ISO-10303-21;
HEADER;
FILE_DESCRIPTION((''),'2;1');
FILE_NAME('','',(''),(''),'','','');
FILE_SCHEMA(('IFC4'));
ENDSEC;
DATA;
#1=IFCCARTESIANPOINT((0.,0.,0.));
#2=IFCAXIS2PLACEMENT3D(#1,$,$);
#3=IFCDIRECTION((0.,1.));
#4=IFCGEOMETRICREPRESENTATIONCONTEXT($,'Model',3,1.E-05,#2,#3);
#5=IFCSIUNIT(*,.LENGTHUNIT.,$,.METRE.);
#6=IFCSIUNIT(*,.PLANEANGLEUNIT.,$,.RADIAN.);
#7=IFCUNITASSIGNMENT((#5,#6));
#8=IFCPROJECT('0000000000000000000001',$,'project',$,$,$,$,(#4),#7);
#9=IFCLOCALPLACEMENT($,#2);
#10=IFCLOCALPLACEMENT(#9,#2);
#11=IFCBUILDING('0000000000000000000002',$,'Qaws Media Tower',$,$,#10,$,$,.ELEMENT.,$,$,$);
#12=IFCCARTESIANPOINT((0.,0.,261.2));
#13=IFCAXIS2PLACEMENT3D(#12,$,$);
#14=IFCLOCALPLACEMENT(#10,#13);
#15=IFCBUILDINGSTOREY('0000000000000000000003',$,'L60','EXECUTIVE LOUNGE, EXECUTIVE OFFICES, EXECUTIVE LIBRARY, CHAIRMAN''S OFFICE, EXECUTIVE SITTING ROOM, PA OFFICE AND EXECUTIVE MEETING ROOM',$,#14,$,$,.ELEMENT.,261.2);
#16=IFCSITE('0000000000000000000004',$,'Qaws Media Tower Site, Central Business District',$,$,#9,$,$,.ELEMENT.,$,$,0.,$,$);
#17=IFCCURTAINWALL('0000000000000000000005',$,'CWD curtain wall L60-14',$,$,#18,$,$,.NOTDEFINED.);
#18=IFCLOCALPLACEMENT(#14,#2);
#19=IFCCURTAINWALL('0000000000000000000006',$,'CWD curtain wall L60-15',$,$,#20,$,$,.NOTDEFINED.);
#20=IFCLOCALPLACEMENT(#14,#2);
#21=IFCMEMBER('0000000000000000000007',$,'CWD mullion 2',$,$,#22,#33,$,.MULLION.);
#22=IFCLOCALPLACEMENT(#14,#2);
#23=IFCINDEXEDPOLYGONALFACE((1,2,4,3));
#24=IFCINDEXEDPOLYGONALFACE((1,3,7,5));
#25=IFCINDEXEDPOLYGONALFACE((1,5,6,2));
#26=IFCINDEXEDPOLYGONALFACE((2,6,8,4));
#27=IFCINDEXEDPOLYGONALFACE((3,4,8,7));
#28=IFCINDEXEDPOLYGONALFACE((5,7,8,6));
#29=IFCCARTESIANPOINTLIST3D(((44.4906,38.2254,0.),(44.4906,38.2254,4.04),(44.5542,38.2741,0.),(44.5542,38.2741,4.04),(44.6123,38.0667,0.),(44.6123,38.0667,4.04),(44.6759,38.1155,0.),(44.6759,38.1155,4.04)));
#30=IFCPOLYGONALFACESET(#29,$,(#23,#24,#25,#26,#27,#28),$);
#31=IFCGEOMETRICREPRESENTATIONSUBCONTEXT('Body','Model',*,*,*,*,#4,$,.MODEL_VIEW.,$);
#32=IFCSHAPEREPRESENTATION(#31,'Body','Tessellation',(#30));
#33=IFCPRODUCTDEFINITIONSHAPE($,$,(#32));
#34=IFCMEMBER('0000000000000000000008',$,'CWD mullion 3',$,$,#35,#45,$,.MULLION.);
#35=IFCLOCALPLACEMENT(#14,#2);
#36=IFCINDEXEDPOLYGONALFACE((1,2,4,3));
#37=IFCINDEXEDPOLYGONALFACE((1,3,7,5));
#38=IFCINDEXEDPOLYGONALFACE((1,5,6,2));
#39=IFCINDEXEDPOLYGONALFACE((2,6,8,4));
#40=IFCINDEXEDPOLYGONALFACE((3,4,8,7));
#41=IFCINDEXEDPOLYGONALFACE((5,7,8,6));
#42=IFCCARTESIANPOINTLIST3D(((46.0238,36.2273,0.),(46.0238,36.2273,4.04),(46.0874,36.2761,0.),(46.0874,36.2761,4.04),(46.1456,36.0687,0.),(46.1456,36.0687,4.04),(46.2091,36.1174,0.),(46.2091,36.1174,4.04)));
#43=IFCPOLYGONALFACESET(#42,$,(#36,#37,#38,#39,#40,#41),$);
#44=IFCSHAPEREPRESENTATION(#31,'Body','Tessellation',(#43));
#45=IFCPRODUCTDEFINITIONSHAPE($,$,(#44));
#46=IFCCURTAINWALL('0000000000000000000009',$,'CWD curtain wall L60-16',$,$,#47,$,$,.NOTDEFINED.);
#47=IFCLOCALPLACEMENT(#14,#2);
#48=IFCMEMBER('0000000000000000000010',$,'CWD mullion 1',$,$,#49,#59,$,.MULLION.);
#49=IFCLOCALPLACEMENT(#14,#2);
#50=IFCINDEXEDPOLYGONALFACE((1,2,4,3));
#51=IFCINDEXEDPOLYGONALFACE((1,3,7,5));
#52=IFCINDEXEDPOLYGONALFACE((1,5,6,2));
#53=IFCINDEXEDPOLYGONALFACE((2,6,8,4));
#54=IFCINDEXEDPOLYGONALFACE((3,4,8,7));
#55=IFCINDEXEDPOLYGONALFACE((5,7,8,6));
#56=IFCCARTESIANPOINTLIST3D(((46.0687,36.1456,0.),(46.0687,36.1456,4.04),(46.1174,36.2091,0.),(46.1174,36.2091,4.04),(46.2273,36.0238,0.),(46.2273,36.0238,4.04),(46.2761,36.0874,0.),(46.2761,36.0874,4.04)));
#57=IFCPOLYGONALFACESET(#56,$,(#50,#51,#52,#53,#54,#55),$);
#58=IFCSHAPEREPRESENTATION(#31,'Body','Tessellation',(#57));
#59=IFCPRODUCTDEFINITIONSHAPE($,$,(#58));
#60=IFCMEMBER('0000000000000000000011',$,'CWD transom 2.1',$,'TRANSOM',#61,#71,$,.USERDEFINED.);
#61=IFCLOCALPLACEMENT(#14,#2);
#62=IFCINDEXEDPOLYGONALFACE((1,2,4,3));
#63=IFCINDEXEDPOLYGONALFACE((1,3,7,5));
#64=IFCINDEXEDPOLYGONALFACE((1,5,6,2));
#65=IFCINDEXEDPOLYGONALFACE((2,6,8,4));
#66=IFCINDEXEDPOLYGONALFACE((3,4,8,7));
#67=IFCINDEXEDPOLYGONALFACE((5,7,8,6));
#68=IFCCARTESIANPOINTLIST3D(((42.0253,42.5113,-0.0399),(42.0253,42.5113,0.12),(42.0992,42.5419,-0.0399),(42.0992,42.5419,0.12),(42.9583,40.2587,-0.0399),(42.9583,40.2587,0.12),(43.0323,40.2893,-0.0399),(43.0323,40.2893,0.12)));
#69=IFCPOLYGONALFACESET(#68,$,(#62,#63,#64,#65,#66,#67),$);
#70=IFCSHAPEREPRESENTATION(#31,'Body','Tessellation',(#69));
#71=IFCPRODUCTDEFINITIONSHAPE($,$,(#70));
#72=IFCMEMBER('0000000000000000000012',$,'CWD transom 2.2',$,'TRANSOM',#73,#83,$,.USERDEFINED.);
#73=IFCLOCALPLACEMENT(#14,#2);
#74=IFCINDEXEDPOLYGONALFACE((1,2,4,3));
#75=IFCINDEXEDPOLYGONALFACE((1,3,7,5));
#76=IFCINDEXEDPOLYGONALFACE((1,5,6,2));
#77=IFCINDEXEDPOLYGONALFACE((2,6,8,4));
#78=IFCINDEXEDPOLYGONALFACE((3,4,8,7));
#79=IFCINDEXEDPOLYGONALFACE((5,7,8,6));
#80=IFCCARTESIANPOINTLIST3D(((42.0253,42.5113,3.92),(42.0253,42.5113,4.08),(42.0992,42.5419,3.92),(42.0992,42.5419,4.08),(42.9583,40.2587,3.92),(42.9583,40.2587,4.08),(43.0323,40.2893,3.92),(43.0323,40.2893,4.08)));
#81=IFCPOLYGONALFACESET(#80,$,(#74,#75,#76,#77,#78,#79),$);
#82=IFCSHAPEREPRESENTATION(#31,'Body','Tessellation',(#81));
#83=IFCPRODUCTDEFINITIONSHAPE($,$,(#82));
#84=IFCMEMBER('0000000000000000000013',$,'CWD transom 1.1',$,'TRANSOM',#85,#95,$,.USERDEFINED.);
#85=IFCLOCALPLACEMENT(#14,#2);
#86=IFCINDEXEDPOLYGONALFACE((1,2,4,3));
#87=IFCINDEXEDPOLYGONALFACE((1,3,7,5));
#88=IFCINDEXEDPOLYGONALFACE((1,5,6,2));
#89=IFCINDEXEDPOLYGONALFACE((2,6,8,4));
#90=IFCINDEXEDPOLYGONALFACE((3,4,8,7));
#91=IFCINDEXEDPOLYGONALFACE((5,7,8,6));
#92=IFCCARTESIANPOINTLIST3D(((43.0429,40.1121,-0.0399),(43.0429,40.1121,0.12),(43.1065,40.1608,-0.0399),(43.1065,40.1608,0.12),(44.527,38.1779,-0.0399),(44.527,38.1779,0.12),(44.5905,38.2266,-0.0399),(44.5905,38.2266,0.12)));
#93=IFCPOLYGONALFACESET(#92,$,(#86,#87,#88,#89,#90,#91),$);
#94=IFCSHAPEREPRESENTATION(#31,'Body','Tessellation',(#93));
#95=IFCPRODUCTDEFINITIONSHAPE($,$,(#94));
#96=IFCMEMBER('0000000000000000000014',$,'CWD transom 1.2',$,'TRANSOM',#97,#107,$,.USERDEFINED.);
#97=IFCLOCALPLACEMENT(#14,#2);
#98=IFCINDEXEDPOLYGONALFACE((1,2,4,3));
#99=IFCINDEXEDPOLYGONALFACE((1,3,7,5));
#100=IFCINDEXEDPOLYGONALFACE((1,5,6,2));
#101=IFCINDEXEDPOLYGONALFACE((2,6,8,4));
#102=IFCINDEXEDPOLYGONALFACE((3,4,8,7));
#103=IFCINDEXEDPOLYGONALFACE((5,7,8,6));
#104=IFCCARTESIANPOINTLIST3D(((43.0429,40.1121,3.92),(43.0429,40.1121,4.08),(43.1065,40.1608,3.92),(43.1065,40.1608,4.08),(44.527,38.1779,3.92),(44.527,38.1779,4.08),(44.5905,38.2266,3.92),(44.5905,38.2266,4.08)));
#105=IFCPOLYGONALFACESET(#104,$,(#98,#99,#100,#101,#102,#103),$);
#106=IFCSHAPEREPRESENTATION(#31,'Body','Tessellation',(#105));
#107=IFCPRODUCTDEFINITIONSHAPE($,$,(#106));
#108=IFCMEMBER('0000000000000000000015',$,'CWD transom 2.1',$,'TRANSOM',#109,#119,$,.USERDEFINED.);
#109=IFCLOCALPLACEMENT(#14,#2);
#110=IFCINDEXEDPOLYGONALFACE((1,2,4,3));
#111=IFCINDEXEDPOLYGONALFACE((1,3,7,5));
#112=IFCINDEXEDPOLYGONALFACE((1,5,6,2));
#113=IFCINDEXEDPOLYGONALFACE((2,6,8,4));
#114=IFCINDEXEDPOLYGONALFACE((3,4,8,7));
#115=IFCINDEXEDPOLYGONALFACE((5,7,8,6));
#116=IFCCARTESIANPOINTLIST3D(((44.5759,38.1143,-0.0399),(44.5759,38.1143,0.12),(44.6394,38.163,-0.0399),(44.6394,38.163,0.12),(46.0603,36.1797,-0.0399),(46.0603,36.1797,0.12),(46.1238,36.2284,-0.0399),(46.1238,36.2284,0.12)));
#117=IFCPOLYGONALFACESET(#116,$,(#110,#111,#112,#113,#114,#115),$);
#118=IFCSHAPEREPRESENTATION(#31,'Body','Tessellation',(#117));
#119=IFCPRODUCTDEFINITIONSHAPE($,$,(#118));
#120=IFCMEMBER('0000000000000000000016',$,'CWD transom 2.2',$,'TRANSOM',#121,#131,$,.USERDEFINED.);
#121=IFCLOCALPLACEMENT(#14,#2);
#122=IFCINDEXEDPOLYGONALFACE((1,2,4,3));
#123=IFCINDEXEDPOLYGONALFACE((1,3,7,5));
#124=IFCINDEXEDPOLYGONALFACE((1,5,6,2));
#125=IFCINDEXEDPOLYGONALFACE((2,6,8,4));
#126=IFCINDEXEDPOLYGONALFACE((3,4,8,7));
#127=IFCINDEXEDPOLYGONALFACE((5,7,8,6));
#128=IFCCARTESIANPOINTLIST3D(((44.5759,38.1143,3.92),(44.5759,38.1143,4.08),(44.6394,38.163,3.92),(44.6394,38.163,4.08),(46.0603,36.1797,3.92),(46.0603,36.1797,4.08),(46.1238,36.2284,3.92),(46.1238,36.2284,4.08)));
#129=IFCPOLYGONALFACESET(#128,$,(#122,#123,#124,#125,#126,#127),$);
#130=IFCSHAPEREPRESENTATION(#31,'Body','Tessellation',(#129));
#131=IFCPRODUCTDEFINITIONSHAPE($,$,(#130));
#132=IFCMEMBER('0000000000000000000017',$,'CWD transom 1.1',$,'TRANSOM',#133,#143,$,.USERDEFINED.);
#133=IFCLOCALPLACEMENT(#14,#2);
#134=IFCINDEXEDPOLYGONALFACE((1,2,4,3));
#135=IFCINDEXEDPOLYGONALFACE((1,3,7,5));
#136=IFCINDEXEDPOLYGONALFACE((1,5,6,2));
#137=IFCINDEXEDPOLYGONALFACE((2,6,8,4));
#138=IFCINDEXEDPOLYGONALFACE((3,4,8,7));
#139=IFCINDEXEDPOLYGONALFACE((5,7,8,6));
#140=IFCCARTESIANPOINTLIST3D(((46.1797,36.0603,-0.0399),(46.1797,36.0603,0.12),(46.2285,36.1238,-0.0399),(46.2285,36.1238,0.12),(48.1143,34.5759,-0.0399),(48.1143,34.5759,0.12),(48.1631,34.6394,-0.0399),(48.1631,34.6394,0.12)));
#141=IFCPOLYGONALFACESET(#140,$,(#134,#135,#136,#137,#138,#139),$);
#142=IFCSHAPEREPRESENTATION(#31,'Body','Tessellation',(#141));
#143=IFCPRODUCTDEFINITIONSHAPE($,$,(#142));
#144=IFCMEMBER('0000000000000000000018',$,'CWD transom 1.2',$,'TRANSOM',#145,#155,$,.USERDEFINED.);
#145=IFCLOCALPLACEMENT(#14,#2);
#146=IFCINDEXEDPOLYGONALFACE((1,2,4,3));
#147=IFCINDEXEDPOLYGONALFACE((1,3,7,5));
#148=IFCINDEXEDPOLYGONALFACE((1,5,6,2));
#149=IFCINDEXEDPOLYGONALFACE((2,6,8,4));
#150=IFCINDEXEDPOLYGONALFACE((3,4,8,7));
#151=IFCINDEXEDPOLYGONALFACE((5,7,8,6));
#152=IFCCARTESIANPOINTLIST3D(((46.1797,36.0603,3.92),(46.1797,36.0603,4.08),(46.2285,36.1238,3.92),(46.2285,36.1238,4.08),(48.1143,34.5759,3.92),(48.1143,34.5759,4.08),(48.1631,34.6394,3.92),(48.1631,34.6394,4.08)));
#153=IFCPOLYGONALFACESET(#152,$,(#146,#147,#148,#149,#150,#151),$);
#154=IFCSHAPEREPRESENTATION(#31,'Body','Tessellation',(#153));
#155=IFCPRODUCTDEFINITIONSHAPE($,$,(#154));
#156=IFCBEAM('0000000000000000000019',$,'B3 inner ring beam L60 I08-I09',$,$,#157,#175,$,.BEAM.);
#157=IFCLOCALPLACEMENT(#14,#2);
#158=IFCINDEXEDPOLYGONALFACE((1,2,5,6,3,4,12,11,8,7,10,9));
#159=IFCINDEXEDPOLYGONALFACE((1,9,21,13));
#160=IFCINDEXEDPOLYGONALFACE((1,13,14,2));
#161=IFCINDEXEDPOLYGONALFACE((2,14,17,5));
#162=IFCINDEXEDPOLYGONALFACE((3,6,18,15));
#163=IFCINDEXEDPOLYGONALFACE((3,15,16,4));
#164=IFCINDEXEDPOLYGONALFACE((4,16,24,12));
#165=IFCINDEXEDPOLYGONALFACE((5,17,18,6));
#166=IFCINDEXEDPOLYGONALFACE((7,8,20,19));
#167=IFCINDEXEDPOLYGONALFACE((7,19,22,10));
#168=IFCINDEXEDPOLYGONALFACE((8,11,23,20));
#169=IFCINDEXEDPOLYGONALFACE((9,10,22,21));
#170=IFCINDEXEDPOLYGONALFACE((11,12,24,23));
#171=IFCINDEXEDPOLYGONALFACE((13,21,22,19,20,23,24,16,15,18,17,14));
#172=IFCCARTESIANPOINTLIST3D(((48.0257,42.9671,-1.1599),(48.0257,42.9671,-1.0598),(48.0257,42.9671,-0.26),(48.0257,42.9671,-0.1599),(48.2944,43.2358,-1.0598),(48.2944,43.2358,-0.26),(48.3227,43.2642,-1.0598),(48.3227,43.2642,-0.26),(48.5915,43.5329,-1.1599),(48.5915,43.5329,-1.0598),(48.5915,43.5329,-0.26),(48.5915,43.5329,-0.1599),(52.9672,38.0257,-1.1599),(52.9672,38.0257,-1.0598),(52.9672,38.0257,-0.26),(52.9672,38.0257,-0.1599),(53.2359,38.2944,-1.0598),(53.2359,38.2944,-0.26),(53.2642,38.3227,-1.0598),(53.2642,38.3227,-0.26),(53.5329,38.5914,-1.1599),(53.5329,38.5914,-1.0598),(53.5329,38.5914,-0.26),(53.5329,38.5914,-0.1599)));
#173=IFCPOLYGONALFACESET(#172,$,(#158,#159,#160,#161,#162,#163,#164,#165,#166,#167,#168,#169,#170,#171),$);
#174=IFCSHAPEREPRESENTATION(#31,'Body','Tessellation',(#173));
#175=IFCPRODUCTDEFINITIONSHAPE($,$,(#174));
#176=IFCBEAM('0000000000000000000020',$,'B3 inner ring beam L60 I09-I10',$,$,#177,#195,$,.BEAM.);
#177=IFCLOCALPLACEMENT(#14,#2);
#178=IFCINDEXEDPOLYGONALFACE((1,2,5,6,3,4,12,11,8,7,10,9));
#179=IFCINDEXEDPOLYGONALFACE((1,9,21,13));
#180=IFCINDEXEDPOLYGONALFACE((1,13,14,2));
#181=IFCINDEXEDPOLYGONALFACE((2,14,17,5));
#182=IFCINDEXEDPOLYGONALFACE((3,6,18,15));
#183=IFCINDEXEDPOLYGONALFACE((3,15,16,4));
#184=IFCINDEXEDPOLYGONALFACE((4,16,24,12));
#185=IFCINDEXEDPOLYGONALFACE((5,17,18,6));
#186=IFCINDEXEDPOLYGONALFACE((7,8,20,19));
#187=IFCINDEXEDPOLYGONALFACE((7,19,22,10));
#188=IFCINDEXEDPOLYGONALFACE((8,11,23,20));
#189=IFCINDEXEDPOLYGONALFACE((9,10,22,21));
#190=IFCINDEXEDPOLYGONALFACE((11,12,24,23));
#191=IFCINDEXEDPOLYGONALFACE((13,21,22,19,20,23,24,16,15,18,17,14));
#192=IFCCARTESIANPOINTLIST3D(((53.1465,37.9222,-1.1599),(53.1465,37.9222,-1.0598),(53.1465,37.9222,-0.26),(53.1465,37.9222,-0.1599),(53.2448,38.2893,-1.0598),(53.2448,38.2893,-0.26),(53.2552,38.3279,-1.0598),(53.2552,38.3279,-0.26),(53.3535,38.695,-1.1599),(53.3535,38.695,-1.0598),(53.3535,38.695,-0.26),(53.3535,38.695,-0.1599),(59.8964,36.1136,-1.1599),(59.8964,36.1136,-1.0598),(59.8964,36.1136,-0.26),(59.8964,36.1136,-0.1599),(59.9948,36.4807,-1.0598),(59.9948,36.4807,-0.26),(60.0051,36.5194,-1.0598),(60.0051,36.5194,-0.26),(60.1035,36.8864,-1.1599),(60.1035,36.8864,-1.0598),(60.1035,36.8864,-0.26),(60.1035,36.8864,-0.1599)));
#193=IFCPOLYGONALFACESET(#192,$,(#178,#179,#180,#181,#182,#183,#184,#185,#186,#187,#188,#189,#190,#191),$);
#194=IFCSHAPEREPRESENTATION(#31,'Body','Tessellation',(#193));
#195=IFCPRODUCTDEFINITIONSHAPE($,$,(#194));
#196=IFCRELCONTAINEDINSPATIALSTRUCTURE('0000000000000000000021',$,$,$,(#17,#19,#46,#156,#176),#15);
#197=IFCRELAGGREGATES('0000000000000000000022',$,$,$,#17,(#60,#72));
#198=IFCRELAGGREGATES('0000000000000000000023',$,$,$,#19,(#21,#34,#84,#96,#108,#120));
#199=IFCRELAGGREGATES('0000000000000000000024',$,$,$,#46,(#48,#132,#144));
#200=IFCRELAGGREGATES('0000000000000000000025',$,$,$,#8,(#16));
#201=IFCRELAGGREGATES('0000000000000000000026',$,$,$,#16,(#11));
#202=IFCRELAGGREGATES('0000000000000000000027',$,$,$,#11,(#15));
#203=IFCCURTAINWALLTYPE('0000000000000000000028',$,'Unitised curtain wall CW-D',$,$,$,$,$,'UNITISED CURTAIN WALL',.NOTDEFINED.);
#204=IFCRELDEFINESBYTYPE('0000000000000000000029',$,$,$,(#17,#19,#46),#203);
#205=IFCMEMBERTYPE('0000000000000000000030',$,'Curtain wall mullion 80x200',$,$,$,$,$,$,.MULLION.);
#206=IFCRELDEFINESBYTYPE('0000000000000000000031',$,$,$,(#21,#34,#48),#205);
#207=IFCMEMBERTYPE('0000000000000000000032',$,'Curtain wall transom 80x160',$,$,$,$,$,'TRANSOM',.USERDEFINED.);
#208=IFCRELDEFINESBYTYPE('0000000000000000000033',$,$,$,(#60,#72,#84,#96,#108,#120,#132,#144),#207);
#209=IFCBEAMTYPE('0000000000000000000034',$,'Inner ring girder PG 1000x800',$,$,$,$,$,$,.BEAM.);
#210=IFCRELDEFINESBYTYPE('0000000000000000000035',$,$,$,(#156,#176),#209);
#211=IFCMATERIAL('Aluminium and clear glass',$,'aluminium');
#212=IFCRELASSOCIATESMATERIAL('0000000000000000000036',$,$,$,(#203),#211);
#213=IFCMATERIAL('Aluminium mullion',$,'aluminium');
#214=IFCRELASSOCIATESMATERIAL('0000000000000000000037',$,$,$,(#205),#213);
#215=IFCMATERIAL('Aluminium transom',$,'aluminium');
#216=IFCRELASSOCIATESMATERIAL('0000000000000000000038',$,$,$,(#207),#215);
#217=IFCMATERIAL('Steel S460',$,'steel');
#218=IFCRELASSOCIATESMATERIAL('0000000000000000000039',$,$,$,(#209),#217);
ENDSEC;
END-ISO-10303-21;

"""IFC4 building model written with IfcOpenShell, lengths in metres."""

from ifc_helpers import new_model, si_unit, direction, frame, origin, origin_2d, place, context, subcontext, project, spatial, rectangle, i_section, extrude, material, material_profile, profile_set, type_object, element, aggregate, save


model = new_model("IFC4")

# Units and contexts
model_context = context("Model", 3, precision=1e-05, world=origin(), true_north=direction((0.0, 1.0)))
body_context = subcontext(model_context, "Body", "Model", "MODEL_VIEW")
ifc_project = project(units=[si_unit("LENGTHUNIT", "METRE"), si_unit("PLANEANGLEUNIT", "RADIAN")], contexts=[model_context])

# Site, building, storey
site_placement = place(None, origin())
site = spatial("IfcSite", under=ifc_project, at=site_placement, Name="Qaws Media Tower Site, Central Business District", CompositionType="ELEMENT", RefElevation=0.0)
building_placement = place(site_placement, origin())
building = spatial("IfcBuilding", under=site, at=building_placement, Name="Qaws Media Tower", CompositionType="ELEMENT")
storey_placement = place(building_placement, frame((0.0, 0.0, 261.2)))
storey = spatial("IfcBuildingStorey", under=building, at=storey_placement, Name="L60", Description="EXECUTIVE LOUNGE, EXECUTIVE OFFICES, EXECUTIVE LIBRARY, CHAIRMAN'S OFFICE, EXECUTIVE SITTING ROOM, PA OFFICE AND EXECUTIVE MEETING ROOM", CompositionType="ELEMENT", Elevation=261.2)

# Curtain walls, members
ifc_material_1 = material(Name="Aluminium and clear glass", Category="aluminium")
curtain_wall_type = type_object("IfcCurtainWallType", Name="Unitised curtain wall CW-D", ElementType="UNITISED CURTAIN WALL", PredefinedType="NOTDEFINED", material=ifc_material_1)
curtain_wall_1_placement = place(storey_placement, origin())
curtain_wall_1 = element("IfcCurtainWall", 1, at=curtain_wall_1_placement, inside=storey, type_object=curtain_wall_type, Name="CWD curtain wall L60-14", PredefinedType="NOTDEFINED")
ifc_material_2 = material(Name="Aluminium mullion", Category="aluminium")
ifc_material_profile_1 = material_profile(ifc_material_2, rectangle(XDim=0.0801, YDim=0.2, at=origin_2d()), Name="80x200")
ifc_profile_set_1 = profile_set([ifc_material_profile_1], Name="Aluminium mullion")
member_type_1 = type_object("IfcMemberType", Name="Curtain wall mullion 80x200", PredefinedType="MULLION", material=ifc_profile_set_1)
curtain_wall_2_placement = place(storey_placement, origin())
curtain_wall_2 = element("IfcCurtainWall", 2, at=curtain_wall_2_placement, inside=storey, type_object=curtain_wall_type, Name="CWD curtain wall L60-15", PredefinedType="NOTDEFINED")
member_1_placement = place(storey_placement, frame((44.5833, 38.1704, 0.0), z_axis=(0.0, 0.0, 1.0), x_axis=(0.793353, 0.608761, 0.0)))
member_1 = element("IfcMember", 3, at=member_1_placement, type_object=member_type_1, Name="CWD mullion 2", PredefinedType="MULLION", context=body_context, shape_type="SweptSolid", body=[
    extrude(rectangle(XDim=0.0801, YDim=0.2, at=origin_2d()), origin(), (0.0, 0.0, 1.0), 4.04),
])
member_2_placement = place(storey_placement, frame((46.1165, 36.1724, 0.0), z_axis=(0.0, 0.0, 1.0), x_axis=(0.793353, 0.608761, 0.0)))
member_2 = element("IfcMember", 4, at=member_2_placement, type_object=member_type_1, Name="CWD mullion 3", PredefinedType="MULLION", context=body_context, shape_type="SweptSolid", body=[
    extrude(rectangle(XDim=0.0801, YDim=0.2, at=origin_2d()), origin(), (0.0, 0.0, 1.0), 4.04),
])

# Curtain wall, member
curtain_wall_3_placement = place(storey_placement, origin())
curtain_wall_3 = element("IfcCurtainWall", 5, at=curtain_wall_3_placement, inside=storey, type_object=curtain_wall_type, Name="CWD curtain wall L60-16", PredefinedType="NOTDEFINED")
member_3_placement = place(storey_placement, frame((46.1724, 36.1165, 0.0), z_axis=(0.0, 0.0, 1.0), x_axis=(0.608761, 0.793353, 0.0)))
member_3 = element("IfcMember", 6, at=member_3_placement, type_object=member_type_1, Name="CWD mullion 1", PredefinedType="MULLION", context=body_context, shape_type="SweptSolid", body=[
    extrude(rectangle(XDim=0.0801, YDim=0.2, at=origin_2d()), origin(), (0.0, 0.0, 1.0), 4.04),
])

# Members
ifc_material_3 = material(Name="Aluminium transom", Category="aluminium")
ifc_material_profile_2 = material_profile(ifc_material_3, rectangle(XDim=0.0801, YDim=0.1599, at=origin_2d()), Name="80x160")
ifc_profile_set_2 = profile_set([ifc_material_profile_2], Name="Aluminium transom")
member_type_2 = type_object("IfcMemberType", Name="Curtain wall transom 80x160", ElementType="TRANSOM", PredefinedType="USERDEFINED", material=ifc_profile_set_2)
member_4_placement = place(storey_placement, frame((42.0623, 42.5266, 0.04), z_axis=(0.382688, -0.923878, 0.0), x_axis=(0.923878, 0.382688, 0.0)))
member_4 = element("IfcMember", 7, at=member_4_placement, type_object=member_type_2, Name="CWD transom 2.1", ObjectType="TRANSOM", PredefinedType="USERDEFINED", context=body_context, shape_type="SweptSolid", body=[
    extrude(rectangle(XDim=0.0801, YDim=0.1599, at=origin_2d()), origin(), (0.0, 0.0, 1.0), 2.4382),
])
member_5_placement = place(storey_placement, frame((42.0623, 42.5266, 4.0), z_axis=(0.382688, -0.923878, 0.0), x_axis=(0.923878, 0.382688, 0.0)))
member_5 = element("IfcMember", 8, at=member_5_placement, type_object=member_type_2, Name="CWD transom 2.2", ObjectType="TRANSOM", PredefinedType="USERDEFINED", context=body_context, shape_type="SweptSolid", body=[
    extrude(rectangle(XDim=0.0801, YDim=0.1599, at=origin_2d()), origin(), (0.0, 0.0, 1.0), 2.4382),
])
member_6_placement = place(storey_placement, frame((43.0747, 40.1365, 0.04), z_axis=(0.608728, -0.793379, 0.0), x_axis=(0.793379, 0.608728, 0.0)))
member_6 = element("IfcMember", 9, at=member_6_placement, type_object=member_type_2, Name="CWD transom 1.1", ObjectType="TRANSOM", PredefinedType="USERDEFINED", context=body_context, shape_type="SweptSolid", body=[
    extrude(rectangle(XDim=0.0801, YDim=0.1599, at=origin_2d()), origin(), (0.0, 0.0, 1.0), 2.438),
])
member_7_placement = place(storey_placement, frame((43.0747, 40.1365, 4.0), z_axis=(0.608728, -0.793379, 0.0), x_axis=(0.793379, 0.608728, 0.0)))
member_7 = element("IfcMember", 10, at=member_7_placement, type_object=member_type_2, Name="CWD transom 1.2", ObjectType="TRANSOM", PredefinedType="USERDEFINED", context=body_context, shape_type="SweptSolid", body=[
    extrude(rectangle(XDim=0.0801, YDim=0.1599, at=origin_2d()), origin(), (0.0, 0.0, 1.0), 2.438),
])
member_8_placement = place(storey_placement, frame((44.6077, 38.1387, 0.04), z_axis=(0.608743, -0.793368, 0.0), x_axis=(0.793368, 0.608743, 0.0)))
member_8 = element("IfcMember", 11, at=member_8_placement, type_object=member_type_2, Name="CWD transom 2.1", ObjectType="TRANSOM", PredefinedType="USERDEFINED", context=body_context, shape_type="SweptSolid", body=[
    extrude(rectangle(XDim=0.0801, YDim=0.1599, at=origin_2d()), origin(), (0.0, 0.0, 1.0), 2.4385),
])
member_9_placement = place(storey_placement, frame((44.6077, 38.1387, 4.0), z_axis=(0.608743, -0.793368, 0.0), x_axis=(0.793368, 0.608743, 0.0)))
member_9 = element("IfcMember", 12, at=member_9_placement, type_object=member_type_2, Name="CWD transom 2.2", ObjectType="TRANSOM", PredefinedType="USERDEFINED", context=body_context, shape_type="SweptSolid", body=[
    extrude(rectangle(XDim=0.0801, YDim=0.1599, at=origin_2d()), origin(), (0.0, 0.0, 1.0), 2.4385),
])
member_10_placement = place(storey_placement, frame((46.2041, 36.092, 0.04), z_axis=(0.793368, -0.608743, 0.0), x_axis=(0.608743, 0.793368, 0.0)))
member_10 = element("IfcMember", 13, at=member_10_placement, type_object=member_type_2, Name="CWD transom 1.1", ObjectType="TRANSOM", PredefinedType="USERDEFINED", context=body_context, shape_type="SweptSolid", body=[
    extrude(rectangle(XDim=0.0801, YDim=0.1599, at=origin_2d()), origin(), (0.0, 0.0, 1.0), 2.4385),
])
member_11_placement = place(storey_placement, frame((46.2041, 36.092, 4.0), z_axis=(0.793368, -0.608743, 0.0), x_axis=(0.608743, 0.793368, 0.0)))
member_11 = element("IfcMember", 14, at=member_11_placement, type_object=member_type_2, Name="CWD transom 1.2", ObjectType="TRANSOM", PredefinedType="USERDEFINED", context=body_context, shape_type="SweptSolid", body=[
    extrude(rectangle(XDim=0.0801, YDim=0.1599, at=origin_2d()), origin(), (0.0, 0.0, 1.0), 2.4385),
])

# Beams
ifc_material_4 = material(Name="Steel S460", Category="steel")
ifc_material_profile_3 = material_profile(ifc_material_4, i_section(OverallWidth=0.8, OverallDepth=1.0, WebThickness=0.04, FlangeThickness=0.1001, at=origin_2d()), Name="PG 1000x800")
ifc_profile_set_3 = profile_set([ifc_material_profile_3], Name="Steel S460")
beam_type_1 = type_object("IfcBeamType", Name="Inner ring girder PG 1000x800", PredefinedType="BEAM", material=ifc_profile_set_3)
beam_1_placement = place(storey_placement, frame((48.3086, 43.25, -0.6599), z_axis=(0.707107, -0.707107, 0.0), x_axis=(0.707107, 0.707107, 0.0)))
element("IfcBeam", 15, at=beam_1_placement, inside=storey, type_object=beam_type_1, Name="B3 inner ring beam L60 I08-I09", PredefinedType="BEAM", context=body_context, shape_type="SweptSolid", body=[
    extrude(i_section(OverallWidth=0.8, OverallDepth=1.0, WebThickness=0.04, FlangeThickness=0.1001, at=origin_2d()), origin(), (0.0, 0.0, 1.0), 6.9883),
])
beam_2_placement = place(storey_placement, frame((53.25, 38.3086, -0.6599), z_axis=(0.965928, -0.258811, 0.0), x_axis=(0.258811, 0.965928, 0.0)))
element("IfcBeam", 16, at=beam_2_placement, inside=storey, type_object=beam_type_1, Name="B3 inner ring beam L60 I09-I10", PredefinedType="BEAM", context=body_context, shape_type="SweptSolid", body=[
    extrude(i_section(OverallWidth=0.8, OverallDepth=1.0, WebThickness=0.04, FlangeThickness=0.1001, at=origin_2d()), origin(), (0.0, 0.0, 1.0), 6.988),
])

aggregate(curtain_wall_1, [member_4, member_5])
aggregate(curtain_wall_2, [member_1, member_2, member_6, member_7, member_8, member_9])
aggregate(curtain_wall_3, [member_3, member_10, member_11])

save(model, "model.ifc")
